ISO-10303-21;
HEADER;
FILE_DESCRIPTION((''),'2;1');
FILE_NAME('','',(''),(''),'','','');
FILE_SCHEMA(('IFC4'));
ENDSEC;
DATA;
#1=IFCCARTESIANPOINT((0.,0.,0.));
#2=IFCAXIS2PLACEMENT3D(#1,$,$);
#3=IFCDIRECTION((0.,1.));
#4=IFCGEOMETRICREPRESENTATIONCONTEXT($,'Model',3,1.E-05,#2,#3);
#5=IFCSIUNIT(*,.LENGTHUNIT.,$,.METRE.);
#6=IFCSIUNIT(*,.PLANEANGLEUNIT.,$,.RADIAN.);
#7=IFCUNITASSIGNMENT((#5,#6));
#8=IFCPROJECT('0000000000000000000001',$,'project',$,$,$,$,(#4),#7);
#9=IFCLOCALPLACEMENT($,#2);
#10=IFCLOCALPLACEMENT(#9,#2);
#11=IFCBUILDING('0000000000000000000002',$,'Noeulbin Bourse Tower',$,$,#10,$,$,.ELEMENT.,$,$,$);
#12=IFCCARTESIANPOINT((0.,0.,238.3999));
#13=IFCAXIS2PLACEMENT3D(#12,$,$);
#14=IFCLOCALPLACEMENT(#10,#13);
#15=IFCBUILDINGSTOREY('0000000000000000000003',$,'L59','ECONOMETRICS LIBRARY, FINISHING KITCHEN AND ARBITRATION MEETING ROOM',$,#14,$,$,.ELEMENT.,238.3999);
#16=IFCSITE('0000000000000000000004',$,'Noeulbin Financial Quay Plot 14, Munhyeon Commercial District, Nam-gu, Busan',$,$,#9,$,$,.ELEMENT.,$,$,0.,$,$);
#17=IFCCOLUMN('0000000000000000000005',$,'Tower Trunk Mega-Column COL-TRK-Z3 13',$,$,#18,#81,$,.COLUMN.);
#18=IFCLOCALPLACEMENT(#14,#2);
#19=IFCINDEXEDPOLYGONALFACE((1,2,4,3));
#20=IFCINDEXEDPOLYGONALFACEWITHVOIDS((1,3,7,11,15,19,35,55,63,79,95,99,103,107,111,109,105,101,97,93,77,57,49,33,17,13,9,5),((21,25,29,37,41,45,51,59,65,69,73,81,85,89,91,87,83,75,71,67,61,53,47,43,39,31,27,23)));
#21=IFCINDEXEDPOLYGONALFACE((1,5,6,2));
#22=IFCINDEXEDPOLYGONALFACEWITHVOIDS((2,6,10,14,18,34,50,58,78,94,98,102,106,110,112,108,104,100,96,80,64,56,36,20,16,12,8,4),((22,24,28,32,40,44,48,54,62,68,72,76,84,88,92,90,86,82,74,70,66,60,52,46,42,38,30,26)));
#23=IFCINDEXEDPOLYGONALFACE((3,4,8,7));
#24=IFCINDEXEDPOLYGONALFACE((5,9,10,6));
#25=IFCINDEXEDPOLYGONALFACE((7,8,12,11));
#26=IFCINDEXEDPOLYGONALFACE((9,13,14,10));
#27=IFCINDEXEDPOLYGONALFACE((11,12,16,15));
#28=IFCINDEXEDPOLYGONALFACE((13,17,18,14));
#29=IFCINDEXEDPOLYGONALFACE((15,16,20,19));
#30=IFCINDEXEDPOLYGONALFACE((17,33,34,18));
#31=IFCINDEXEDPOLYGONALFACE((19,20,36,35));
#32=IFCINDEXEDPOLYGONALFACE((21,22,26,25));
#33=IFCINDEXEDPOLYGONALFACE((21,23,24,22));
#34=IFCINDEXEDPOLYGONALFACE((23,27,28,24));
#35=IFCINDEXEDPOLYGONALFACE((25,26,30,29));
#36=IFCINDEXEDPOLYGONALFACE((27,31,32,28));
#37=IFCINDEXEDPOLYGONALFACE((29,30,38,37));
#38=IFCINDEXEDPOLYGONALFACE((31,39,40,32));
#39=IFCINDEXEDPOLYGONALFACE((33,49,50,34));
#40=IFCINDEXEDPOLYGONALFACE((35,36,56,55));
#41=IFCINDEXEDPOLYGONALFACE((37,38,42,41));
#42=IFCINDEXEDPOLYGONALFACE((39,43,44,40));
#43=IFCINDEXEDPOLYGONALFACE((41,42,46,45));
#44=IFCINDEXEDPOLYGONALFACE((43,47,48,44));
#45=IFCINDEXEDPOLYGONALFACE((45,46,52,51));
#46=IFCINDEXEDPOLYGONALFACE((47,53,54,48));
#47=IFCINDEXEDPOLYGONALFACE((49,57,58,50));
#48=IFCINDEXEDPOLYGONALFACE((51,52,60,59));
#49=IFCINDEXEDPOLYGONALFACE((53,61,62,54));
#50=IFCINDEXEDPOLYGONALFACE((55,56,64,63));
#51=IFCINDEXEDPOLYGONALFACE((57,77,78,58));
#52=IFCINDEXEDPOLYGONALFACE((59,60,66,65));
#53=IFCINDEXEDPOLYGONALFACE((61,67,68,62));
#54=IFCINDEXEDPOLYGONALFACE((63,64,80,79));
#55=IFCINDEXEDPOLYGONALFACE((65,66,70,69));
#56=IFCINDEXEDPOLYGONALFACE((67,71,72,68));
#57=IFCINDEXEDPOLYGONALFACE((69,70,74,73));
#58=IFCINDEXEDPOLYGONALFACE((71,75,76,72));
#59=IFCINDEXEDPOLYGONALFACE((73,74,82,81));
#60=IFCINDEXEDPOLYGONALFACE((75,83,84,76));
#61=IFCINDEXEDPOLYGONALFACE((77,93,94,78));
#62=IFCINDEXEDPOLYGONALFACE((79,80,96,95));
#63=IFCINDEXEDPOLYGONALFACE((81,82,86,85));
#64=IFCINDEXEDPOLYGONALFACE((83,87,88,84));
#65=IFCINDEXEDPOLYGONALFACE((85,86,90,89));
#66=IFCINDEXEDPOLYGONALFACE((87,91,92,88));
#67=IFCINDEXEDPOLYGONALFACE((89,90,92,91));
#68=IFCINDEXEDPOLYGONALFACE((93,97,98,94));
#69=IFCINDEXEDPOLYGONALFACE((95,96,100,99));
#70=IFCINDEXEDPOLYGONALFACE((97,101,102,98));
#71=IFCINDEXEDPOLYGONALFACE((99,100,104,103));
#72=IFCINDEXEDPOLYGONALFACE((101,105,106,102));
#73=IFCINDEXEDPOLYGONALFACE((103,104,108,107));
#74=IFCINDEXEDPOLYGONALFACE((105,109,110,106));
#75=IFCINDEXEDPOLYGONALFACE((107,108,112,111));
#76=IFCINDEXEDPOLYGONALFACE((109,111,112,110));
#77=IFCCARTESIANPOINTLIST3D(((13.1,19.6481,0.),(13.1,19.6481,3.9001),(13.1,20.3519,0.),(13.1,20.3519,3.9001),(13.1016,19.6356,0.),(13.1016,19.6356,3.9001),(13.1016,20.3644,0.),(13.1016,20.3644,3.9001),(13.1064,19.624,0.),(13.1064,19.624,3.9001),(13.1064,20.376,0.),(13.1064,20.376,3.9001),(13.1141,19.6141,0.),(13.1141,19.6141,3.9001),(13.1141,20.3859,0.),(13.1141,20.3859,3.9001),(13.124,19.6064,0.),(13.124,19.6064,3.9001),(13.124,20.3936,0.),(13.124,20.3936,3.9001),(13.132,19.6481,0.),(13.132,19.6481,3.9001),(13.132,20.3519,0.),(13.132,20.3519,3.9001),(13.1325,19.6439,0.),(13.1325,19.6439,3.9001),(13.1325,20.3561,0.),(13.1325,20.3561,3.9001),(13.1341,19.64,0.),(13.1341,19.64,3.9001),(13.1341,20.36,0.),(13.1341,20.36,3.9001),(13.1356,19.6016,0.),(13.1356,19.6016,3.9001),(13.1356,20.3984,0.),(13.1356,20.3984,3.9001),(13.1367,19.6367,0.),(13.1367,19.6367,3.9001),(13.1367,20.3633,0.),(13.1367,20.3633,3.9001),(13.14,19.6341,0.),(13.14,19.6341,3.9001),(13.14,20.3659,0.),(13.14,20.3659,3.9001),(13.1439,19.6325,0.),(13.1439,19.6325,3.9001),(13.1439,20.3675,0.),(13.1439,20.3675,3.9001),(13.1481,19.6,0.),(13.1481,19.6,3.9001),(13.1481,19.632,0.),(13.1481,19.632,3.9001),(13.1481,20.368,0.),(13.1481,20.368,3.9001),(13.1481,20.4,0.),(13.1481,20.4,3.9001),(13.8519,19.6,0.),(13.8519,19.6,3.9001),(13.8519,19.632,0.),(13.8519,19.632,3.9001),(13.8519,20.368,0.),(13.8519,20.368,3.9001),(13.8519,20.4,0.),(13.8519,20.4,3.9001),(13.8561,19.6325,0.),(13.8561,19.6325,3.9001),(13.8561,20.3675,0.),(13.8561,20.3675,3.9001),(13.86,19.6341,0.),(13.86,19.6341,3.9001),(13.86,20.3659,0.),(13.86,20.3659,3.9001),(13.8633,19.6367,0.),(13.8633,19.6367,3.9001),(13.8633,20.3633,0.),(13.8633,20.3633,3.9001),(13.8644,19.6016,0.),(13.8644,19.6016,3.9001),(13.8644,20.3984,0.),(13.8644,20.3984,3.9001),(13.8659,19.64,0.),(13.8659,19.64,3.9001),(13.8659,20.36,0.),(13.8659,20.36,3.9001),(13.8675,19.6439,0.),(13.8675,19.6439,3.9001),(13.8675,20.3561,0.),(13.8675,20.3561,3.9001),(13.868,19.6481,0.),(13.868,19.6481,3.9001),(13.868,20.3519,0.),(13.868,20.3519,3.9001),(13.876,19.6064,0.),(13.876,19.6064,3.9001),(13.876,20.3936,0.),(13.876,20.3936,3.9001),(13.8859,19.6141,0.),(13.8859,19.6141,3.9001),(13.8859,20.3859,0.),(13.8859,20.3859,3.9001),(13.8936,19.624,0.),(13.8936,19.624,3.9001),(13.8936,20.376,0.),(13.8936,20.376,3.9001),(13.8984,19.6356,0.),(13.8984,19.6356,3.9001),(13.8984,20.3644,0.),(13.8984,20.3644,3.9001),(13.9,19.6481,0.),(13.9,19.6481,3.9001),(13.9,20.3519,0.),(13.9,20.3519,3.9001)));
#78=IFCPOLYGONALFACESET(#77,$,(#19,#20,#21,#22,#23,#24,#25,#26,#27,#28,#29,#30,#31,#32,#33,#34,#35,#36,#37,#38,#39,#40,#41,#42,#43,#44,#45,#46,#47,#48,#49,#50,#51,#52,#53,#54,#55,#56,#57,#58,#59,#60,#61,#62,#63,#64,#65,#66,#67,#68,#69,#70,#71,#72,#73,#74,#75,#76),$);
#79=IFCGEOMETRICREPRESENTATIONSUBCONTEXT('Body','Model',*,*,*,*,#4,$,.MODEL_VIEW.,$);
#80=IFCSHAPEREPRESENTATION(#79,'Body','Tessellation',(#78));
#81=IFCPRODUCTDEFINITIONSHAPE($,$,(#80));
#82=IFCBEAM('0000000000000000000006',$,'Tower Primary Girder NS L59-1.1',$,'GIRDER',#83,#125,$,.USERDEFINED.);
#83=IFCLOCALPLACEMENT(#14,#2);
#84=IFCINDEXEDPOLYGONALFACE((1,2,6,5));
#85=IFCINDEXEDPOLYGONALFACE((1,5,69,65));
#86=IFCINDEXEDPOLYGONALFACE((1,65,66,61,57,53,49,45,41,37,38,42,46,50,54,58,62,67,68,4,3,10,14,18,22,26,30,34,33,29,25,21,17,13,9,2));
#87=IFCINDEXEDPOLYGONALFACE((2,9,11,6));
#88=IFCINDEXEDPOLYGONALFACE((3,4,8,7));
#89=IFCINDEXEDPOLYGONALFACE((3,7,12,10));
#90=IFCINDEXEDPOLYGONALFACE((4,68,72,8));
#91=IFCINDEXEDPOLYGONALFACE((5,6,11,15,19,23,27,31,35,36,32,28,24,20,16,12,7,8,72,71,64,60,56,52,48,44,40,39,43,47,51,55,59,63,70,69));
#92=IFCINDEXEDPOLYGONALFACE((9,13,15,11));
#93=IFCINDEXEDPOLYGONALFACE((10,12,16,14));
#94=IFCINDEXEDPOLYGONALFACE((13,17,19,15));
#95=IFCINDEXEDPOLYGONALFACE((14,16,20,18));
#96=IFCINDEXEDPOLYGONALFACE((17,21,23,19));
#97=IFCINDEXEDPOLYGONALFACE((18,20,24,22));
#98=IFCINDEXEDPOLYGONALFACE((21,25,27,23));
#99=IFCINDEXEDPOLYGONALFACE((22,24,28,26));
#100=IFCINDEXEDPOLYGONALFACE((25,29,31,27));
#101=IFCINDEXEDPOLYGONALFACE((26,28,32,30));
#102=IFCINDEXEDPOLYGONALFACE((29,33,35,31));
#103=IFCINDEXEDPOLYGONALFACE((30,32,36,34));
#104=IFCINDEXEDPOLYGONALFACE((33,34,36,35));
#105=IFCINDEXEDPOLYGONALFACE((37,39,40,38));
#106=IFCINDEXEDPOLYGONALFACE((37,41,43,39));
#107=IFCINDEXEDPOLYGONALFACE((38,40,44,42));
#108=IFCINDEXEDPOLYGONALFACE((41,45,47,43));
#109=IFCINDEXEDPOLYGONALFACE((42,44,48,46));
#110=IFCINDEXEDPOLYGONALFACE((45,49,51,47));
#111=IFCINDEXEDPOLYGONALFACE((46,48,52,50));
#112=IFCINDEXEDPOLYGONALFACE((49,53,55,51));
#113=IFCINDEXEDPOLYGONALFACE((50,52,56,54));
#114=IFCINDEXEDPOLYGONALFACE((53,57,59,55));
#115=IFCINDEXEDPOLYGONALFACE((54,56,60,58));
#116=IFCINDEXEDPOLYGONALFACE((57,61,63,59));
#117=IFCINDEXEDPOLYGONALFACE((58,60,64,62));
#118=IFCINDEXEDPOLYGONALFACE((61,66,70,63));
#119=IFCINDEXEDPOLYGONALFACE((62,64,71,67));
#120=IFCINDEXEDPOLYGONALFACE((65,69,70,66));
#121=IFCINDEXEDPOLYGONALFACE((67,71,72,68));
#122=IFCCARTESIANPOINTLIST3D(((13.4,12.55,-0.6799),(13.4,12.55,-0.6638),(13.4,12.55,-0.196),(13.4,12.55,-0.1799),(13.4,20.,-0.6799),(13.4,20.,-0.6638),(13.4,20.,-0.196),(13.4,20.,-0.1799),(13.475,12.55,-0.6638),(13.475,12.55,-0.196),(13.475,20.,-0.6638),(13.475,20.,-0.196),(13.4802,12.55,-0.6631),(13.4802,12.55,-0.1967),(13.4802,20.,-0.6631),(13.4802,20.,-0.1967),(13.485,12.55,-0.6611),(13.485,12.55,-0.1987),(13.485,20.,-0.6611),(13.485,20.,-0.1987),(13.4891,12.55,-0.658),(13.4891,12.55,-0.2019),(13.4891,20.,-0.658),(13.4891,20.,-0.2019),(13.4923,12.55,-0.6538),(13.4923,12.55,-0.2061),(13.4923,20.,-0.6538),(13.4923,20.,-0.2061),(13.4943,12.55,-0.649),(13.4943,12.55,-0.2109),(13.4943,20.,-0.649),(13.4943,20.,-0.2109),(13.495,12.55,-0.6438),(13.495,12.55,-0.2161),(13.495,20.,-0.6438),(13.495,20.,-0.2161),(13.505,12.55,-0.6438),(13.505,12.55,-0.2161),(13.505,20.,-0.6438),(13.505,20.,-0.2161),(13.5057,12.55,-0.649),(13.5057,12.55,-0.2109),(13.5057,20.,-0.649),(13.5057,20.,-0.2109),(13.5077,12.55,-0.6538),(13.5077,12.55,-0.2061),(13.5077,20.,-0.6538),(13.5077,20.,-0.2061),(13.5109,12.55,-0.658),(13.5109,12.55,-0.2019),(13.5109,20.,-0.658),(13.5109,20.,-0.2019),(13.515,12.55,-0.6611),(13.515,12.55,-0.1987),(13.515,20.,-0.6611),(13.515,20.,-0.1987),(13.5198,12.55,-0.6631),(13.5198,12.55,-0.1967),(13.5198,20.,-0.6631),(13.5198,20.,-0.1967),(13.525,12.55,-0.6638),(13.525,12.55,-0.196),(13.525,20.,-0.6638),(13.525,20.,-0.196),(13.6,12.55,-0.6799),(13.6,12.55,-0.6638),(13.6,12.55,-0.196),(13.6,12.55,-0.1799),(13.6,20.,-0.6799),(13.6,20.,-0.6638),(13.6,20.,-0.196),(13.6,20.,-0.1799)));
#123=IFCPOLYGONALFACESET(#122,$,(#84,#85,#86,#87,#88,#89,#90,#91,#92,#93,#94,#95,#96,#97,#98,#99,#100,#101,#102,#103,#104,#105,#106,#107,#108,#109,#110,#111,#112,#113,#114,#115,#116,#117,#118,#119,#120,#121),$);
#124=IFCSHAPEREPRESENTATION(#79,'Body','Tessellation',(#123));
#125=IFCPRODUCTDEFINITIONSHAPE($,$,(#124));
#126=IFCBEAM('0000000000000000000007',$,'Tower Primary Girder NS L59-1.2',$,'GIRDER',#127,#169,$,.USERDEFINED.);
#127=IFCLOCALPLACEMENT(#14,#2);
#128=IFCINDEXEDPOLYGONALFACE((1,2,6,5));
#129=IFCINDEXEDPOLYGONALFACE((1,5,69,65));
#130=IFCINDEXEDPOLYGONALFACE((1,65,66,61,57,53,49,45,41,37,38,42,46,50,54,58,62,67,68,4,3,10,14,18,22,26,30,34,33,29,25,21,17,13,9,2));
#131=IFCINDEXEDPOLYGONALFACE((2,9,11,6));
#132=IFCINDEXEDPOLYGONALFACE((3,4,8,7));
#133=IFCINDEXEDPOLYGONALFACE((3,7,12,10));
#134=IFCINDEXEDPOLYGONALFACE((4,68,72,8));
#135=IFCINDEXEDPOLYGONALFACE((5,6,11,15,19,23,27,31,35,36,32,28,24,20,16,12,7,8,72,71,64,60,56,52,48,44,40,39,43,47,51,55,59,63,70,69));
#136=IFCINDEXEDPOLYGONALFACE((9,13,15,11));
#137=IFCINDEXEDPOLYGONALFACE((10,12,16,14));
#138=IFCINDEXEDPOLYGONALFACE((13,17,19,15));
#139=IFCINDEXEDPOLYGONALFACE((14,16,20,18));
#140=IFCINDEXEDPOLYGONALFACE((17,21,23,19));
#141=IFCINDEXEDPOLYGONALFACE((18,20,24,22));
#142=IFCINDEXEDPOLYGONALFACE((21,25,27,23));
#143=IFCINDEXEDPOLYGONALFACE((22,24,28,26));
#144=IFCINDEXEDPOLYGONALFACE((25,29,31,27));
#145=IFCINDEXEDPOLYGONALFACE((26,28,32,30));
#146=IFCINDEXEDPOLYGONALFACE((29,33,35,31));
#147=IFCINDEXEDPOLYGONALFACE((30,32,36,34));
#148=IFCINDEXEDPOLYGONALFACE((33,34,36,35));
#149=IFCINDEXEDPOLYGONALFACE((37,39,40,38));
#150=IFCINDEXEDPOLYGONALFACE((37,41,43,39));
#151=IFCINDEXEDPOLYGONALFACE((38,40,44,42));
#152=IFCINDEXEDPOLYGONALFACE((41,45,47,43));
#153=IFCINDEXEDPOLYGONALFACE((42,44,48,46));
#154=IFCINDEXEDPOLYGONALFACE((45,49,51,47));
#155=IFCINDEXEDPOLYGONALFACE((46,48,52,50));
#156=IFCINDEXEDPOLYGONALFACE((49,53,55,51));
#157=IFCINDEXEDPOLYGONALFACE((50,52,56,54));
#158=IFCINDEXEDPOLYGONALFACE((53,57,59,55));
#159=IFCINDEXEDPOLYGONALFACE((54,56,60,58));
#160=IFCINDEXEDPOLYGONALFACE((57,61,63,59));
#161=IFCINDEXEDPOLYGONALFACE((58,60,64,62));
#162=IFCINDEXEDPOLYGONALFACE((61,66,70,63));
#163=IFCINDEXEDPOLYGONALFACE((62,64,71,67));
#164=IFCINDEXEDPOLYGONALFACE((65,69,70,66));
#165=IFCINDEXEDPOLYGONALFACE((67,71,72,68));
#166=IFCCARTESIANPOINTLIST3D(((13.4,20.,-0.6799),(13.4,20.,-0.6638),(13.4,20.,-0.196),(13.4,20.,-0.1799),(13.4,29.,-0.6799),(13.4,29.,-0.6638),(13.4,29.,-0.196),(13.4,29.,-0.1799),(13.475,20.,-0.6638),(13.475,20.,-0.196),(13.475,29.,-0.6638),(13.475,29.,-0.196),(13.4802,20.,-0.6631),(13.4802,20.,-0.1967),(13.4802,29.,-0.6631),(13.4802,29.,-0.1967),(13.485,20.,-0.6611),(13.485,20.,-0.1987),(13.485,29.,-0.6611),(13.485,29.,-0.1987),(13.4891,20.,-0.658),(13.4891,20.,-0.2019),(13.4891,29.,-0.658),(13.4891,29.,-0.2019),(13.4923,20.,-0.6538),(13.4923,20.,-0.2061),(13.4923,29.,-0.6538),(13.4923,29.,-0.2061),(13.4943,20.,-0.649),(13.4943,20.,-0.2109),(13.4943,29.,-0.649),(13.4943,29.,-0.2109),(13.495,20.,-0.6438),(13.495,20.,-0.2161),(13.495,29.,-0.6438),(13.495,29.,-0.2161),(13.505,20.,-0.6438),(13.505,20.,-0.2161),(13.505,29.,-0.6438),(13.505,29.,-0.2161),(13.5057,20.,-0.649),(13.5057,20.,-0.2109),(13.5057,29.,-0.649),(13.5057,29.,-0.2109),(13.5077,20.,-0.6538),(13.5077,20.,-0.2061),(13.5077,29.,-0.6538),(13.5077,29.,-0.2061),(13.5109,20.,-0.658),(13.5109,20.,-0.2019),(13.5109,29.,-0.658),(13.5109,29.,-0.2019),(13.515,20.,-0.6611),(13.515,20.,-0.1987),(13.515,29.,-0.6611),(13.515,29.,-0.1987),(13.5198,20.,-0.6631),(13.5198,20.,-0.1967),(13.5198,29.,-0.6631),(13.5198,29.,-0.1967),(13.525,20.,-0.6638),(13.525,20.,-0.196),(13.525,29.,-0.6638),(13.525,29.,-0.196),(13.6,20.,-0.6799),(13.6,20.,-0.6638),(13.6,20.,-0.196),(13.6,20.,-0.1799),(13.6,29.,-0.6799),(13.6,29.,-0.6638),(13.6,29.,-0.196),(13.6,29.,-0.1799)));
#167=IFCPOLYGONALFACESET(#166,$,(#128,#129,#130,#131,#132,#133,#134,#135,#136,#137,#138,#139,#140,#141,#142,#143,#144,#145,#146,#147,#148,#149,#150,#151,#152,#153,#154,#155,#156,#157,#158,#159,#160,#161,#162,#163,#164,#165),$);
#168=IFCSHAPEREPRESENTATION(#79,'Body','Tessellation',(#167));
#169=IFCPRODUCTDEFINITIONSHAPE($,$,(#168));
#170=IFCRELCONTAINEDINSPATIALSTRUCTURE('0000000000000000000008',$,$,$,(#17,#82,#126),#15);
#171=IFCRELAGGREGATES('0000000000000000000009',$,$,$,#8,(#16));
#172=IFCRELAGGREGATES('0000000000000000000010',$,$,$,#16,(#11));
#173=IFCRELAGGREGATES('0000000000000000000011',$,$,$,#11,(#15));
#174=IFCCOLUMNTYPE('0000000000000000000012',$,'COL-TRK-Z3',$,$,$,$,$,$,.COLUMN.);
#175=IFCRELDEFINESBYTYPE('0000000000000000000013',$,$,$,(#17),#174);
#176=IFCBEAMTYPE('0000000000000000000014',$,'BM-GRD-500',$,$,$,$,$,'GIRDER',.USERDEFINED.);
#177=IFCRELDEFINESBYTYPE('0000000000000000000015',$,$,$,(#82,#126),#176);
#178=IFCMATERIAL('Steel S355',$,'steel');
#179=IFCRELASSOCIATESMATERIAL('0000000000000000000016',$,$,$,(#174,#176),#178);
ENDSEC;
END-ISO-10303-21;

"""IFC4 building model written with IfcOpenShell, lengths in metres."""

from ifc_helpers import new_model, si_unit, direction, frame, origin, origin_2d, place, context, subcontext, project, spatial, hollow_rectangle, i_section, extrude, material, material_profile, profile_set, type_object, element, save


model = new_model("IFC4")

# Units and contexts
model_context = context("Model", 3, precision=1e-05, world=origin(), true_north=direction((0.0, 1.0)))
body_context = subcontext(model_context, "Body", "Model", "MODEL_VIEW")
ifc_project = project(units=[si_unit("LENGTHUNIT", "METRE"), si_unit("PLANEANGLEUNIT", "RADIAN")], contexts=[model_context])

# Site, building, storey
site_placement = place(None, origin())
site = spatial("IfcSite", under=ifc_project, at=site_placement, Name="Noeulbin Financial Quay Plot 14, Munhyeon Commercial District, Nam-gu, Busan", CompositionType="ELEMENT", RefElevation=0.0)
building_placement = place(site_placement, origin())
building = spatial("IfcBuilding", under=site, at=building_placement, Name="Noeulbin Bourse Tower", CompositionType="ELEMENT")
storey_placement = place(building_placement, frame((0.0, 0.0, 238.3999)))
storey = spatial("IfcBuildingStorey", under=building, at=storey_placement, Name="L59", Description="ECONOMETRICS LIBRARY, FINISHING KITCHEN AND ARBITRATION MEETING ROOM", CompositionType="ELEMENT", Elevation=238.3999)

# Column
ifc_material_1 = material(Name="Steel S355", Category="steel")
ifc_material_profile_1 = material_profile(ifc_material_1, hollow_rectangle(XDim=0.8, YDim=0.8, WallThickness=0.032, InnerFilletRadius=0.0161, OuterFilletRadius=0.0481, at=origin_2d()), Name="BOX-800x800x32", Category="LoadBearing")
ifc_profile_set_1 = profile_set([ifc_material_profile_1], Name="Steel S355")
column_type_1 = type_object("IfcColumnType", Name="COL-TRK-Z3", PredefinedType="COLUMN", material=ifc_profile_set_1)
column_placement = place(storey_placement, frame((13.5, 20.0, 0.0), z_axis=(0.0, 0.0, 1.0), x_axis=(1.0, 0.0, 0.0)))
element("IfcColumn", 1, at=column_placement, inside=storey, type_object=column_type_1, Name="Tower Trunk Mega-Column COL-TRK-Z3 13", PredefinedType="COLUMN", context=body_context, shape_type="SweptSolid", body=[
    extrude(hollow_rectangle(XDim=0.8, YDim=0.8, WallThickness=0.032, InnerFilletRadius=0.0161, OuterFilletRadius=0.0481, at=origin_2d()), origin(), (0.0, 0.0, 1.0), 3.9001),
])

# Beams
ifc_material_profile_2 = material_profile(ifc_material_1, i_section(OverallWidth=0.2, OverallDepth=0.5, WebThickness=0.01, FlangeThickness=0.0161, FilletRadius=0.02, at=origin_2d()), Name="H-500x200x10x16", Category="LoadBearing")
ifc_profile_set_2 = profile_set([ifc_material_profile_2], Name="Steel S355")
beam_type_1 = type_object("IfcBeamType", Name="BM-GRD-500", ElementType="GIRDER", PredefinedType="USERDEFINED", material=ifc_profile_set_2)
beam_1_placement = place(storey_placement, frame((13.5, 12.55, -0.4299), z_axis=(0.0, 1.0, 0.0), x_axis=(-1.0, 0.0, 0.0)))
element("IfcBeam", 2, at=beam_1_placement, inside=storey, type_object=beam_type_1, Name="Tower Primary Girder NS L59-1.1", ObjectType="GIRDER", PredefinedType="USERDEFINED", context=body_context, shape_type="SweptSolid", body=[
    extrude(i_section(OverallWidth=0.2, OverallDepth=0.5, WebThickness=0.01, FlangeThickness=0.0161, FilletRadius=0.02, at=origin_2d()), origin(), (0.0, 0.0, 1.0), 7.45),
])
beam_2_placement = place(storey_placement, frame((13.5, 20.0, -0.4299), z_axis=(0.0, 1.0, 0.0), x_axis=(-1.0, 0.0, 0.0)))
element("IfcBeam", 3, at=beam_2_placement, inside=storey, type_object=beam_type_1, Name="Tower Primary Girder NS L59-1.2", ObjectType="GIRDER", PredefinedType="USERDEFINED", context=body_context, shape_type="SweptSolid", body=[
    extrude(i_section(OverallWidth=0.2, OverallDepth=0.5, WebThickness=0.01, FlangeThickness=0.0161, FilletRadius=0.02, at=origin_2d()), origin(), (0.0, 0.0, 1.0), 9.0),
])

save(model, "model.ifc")
